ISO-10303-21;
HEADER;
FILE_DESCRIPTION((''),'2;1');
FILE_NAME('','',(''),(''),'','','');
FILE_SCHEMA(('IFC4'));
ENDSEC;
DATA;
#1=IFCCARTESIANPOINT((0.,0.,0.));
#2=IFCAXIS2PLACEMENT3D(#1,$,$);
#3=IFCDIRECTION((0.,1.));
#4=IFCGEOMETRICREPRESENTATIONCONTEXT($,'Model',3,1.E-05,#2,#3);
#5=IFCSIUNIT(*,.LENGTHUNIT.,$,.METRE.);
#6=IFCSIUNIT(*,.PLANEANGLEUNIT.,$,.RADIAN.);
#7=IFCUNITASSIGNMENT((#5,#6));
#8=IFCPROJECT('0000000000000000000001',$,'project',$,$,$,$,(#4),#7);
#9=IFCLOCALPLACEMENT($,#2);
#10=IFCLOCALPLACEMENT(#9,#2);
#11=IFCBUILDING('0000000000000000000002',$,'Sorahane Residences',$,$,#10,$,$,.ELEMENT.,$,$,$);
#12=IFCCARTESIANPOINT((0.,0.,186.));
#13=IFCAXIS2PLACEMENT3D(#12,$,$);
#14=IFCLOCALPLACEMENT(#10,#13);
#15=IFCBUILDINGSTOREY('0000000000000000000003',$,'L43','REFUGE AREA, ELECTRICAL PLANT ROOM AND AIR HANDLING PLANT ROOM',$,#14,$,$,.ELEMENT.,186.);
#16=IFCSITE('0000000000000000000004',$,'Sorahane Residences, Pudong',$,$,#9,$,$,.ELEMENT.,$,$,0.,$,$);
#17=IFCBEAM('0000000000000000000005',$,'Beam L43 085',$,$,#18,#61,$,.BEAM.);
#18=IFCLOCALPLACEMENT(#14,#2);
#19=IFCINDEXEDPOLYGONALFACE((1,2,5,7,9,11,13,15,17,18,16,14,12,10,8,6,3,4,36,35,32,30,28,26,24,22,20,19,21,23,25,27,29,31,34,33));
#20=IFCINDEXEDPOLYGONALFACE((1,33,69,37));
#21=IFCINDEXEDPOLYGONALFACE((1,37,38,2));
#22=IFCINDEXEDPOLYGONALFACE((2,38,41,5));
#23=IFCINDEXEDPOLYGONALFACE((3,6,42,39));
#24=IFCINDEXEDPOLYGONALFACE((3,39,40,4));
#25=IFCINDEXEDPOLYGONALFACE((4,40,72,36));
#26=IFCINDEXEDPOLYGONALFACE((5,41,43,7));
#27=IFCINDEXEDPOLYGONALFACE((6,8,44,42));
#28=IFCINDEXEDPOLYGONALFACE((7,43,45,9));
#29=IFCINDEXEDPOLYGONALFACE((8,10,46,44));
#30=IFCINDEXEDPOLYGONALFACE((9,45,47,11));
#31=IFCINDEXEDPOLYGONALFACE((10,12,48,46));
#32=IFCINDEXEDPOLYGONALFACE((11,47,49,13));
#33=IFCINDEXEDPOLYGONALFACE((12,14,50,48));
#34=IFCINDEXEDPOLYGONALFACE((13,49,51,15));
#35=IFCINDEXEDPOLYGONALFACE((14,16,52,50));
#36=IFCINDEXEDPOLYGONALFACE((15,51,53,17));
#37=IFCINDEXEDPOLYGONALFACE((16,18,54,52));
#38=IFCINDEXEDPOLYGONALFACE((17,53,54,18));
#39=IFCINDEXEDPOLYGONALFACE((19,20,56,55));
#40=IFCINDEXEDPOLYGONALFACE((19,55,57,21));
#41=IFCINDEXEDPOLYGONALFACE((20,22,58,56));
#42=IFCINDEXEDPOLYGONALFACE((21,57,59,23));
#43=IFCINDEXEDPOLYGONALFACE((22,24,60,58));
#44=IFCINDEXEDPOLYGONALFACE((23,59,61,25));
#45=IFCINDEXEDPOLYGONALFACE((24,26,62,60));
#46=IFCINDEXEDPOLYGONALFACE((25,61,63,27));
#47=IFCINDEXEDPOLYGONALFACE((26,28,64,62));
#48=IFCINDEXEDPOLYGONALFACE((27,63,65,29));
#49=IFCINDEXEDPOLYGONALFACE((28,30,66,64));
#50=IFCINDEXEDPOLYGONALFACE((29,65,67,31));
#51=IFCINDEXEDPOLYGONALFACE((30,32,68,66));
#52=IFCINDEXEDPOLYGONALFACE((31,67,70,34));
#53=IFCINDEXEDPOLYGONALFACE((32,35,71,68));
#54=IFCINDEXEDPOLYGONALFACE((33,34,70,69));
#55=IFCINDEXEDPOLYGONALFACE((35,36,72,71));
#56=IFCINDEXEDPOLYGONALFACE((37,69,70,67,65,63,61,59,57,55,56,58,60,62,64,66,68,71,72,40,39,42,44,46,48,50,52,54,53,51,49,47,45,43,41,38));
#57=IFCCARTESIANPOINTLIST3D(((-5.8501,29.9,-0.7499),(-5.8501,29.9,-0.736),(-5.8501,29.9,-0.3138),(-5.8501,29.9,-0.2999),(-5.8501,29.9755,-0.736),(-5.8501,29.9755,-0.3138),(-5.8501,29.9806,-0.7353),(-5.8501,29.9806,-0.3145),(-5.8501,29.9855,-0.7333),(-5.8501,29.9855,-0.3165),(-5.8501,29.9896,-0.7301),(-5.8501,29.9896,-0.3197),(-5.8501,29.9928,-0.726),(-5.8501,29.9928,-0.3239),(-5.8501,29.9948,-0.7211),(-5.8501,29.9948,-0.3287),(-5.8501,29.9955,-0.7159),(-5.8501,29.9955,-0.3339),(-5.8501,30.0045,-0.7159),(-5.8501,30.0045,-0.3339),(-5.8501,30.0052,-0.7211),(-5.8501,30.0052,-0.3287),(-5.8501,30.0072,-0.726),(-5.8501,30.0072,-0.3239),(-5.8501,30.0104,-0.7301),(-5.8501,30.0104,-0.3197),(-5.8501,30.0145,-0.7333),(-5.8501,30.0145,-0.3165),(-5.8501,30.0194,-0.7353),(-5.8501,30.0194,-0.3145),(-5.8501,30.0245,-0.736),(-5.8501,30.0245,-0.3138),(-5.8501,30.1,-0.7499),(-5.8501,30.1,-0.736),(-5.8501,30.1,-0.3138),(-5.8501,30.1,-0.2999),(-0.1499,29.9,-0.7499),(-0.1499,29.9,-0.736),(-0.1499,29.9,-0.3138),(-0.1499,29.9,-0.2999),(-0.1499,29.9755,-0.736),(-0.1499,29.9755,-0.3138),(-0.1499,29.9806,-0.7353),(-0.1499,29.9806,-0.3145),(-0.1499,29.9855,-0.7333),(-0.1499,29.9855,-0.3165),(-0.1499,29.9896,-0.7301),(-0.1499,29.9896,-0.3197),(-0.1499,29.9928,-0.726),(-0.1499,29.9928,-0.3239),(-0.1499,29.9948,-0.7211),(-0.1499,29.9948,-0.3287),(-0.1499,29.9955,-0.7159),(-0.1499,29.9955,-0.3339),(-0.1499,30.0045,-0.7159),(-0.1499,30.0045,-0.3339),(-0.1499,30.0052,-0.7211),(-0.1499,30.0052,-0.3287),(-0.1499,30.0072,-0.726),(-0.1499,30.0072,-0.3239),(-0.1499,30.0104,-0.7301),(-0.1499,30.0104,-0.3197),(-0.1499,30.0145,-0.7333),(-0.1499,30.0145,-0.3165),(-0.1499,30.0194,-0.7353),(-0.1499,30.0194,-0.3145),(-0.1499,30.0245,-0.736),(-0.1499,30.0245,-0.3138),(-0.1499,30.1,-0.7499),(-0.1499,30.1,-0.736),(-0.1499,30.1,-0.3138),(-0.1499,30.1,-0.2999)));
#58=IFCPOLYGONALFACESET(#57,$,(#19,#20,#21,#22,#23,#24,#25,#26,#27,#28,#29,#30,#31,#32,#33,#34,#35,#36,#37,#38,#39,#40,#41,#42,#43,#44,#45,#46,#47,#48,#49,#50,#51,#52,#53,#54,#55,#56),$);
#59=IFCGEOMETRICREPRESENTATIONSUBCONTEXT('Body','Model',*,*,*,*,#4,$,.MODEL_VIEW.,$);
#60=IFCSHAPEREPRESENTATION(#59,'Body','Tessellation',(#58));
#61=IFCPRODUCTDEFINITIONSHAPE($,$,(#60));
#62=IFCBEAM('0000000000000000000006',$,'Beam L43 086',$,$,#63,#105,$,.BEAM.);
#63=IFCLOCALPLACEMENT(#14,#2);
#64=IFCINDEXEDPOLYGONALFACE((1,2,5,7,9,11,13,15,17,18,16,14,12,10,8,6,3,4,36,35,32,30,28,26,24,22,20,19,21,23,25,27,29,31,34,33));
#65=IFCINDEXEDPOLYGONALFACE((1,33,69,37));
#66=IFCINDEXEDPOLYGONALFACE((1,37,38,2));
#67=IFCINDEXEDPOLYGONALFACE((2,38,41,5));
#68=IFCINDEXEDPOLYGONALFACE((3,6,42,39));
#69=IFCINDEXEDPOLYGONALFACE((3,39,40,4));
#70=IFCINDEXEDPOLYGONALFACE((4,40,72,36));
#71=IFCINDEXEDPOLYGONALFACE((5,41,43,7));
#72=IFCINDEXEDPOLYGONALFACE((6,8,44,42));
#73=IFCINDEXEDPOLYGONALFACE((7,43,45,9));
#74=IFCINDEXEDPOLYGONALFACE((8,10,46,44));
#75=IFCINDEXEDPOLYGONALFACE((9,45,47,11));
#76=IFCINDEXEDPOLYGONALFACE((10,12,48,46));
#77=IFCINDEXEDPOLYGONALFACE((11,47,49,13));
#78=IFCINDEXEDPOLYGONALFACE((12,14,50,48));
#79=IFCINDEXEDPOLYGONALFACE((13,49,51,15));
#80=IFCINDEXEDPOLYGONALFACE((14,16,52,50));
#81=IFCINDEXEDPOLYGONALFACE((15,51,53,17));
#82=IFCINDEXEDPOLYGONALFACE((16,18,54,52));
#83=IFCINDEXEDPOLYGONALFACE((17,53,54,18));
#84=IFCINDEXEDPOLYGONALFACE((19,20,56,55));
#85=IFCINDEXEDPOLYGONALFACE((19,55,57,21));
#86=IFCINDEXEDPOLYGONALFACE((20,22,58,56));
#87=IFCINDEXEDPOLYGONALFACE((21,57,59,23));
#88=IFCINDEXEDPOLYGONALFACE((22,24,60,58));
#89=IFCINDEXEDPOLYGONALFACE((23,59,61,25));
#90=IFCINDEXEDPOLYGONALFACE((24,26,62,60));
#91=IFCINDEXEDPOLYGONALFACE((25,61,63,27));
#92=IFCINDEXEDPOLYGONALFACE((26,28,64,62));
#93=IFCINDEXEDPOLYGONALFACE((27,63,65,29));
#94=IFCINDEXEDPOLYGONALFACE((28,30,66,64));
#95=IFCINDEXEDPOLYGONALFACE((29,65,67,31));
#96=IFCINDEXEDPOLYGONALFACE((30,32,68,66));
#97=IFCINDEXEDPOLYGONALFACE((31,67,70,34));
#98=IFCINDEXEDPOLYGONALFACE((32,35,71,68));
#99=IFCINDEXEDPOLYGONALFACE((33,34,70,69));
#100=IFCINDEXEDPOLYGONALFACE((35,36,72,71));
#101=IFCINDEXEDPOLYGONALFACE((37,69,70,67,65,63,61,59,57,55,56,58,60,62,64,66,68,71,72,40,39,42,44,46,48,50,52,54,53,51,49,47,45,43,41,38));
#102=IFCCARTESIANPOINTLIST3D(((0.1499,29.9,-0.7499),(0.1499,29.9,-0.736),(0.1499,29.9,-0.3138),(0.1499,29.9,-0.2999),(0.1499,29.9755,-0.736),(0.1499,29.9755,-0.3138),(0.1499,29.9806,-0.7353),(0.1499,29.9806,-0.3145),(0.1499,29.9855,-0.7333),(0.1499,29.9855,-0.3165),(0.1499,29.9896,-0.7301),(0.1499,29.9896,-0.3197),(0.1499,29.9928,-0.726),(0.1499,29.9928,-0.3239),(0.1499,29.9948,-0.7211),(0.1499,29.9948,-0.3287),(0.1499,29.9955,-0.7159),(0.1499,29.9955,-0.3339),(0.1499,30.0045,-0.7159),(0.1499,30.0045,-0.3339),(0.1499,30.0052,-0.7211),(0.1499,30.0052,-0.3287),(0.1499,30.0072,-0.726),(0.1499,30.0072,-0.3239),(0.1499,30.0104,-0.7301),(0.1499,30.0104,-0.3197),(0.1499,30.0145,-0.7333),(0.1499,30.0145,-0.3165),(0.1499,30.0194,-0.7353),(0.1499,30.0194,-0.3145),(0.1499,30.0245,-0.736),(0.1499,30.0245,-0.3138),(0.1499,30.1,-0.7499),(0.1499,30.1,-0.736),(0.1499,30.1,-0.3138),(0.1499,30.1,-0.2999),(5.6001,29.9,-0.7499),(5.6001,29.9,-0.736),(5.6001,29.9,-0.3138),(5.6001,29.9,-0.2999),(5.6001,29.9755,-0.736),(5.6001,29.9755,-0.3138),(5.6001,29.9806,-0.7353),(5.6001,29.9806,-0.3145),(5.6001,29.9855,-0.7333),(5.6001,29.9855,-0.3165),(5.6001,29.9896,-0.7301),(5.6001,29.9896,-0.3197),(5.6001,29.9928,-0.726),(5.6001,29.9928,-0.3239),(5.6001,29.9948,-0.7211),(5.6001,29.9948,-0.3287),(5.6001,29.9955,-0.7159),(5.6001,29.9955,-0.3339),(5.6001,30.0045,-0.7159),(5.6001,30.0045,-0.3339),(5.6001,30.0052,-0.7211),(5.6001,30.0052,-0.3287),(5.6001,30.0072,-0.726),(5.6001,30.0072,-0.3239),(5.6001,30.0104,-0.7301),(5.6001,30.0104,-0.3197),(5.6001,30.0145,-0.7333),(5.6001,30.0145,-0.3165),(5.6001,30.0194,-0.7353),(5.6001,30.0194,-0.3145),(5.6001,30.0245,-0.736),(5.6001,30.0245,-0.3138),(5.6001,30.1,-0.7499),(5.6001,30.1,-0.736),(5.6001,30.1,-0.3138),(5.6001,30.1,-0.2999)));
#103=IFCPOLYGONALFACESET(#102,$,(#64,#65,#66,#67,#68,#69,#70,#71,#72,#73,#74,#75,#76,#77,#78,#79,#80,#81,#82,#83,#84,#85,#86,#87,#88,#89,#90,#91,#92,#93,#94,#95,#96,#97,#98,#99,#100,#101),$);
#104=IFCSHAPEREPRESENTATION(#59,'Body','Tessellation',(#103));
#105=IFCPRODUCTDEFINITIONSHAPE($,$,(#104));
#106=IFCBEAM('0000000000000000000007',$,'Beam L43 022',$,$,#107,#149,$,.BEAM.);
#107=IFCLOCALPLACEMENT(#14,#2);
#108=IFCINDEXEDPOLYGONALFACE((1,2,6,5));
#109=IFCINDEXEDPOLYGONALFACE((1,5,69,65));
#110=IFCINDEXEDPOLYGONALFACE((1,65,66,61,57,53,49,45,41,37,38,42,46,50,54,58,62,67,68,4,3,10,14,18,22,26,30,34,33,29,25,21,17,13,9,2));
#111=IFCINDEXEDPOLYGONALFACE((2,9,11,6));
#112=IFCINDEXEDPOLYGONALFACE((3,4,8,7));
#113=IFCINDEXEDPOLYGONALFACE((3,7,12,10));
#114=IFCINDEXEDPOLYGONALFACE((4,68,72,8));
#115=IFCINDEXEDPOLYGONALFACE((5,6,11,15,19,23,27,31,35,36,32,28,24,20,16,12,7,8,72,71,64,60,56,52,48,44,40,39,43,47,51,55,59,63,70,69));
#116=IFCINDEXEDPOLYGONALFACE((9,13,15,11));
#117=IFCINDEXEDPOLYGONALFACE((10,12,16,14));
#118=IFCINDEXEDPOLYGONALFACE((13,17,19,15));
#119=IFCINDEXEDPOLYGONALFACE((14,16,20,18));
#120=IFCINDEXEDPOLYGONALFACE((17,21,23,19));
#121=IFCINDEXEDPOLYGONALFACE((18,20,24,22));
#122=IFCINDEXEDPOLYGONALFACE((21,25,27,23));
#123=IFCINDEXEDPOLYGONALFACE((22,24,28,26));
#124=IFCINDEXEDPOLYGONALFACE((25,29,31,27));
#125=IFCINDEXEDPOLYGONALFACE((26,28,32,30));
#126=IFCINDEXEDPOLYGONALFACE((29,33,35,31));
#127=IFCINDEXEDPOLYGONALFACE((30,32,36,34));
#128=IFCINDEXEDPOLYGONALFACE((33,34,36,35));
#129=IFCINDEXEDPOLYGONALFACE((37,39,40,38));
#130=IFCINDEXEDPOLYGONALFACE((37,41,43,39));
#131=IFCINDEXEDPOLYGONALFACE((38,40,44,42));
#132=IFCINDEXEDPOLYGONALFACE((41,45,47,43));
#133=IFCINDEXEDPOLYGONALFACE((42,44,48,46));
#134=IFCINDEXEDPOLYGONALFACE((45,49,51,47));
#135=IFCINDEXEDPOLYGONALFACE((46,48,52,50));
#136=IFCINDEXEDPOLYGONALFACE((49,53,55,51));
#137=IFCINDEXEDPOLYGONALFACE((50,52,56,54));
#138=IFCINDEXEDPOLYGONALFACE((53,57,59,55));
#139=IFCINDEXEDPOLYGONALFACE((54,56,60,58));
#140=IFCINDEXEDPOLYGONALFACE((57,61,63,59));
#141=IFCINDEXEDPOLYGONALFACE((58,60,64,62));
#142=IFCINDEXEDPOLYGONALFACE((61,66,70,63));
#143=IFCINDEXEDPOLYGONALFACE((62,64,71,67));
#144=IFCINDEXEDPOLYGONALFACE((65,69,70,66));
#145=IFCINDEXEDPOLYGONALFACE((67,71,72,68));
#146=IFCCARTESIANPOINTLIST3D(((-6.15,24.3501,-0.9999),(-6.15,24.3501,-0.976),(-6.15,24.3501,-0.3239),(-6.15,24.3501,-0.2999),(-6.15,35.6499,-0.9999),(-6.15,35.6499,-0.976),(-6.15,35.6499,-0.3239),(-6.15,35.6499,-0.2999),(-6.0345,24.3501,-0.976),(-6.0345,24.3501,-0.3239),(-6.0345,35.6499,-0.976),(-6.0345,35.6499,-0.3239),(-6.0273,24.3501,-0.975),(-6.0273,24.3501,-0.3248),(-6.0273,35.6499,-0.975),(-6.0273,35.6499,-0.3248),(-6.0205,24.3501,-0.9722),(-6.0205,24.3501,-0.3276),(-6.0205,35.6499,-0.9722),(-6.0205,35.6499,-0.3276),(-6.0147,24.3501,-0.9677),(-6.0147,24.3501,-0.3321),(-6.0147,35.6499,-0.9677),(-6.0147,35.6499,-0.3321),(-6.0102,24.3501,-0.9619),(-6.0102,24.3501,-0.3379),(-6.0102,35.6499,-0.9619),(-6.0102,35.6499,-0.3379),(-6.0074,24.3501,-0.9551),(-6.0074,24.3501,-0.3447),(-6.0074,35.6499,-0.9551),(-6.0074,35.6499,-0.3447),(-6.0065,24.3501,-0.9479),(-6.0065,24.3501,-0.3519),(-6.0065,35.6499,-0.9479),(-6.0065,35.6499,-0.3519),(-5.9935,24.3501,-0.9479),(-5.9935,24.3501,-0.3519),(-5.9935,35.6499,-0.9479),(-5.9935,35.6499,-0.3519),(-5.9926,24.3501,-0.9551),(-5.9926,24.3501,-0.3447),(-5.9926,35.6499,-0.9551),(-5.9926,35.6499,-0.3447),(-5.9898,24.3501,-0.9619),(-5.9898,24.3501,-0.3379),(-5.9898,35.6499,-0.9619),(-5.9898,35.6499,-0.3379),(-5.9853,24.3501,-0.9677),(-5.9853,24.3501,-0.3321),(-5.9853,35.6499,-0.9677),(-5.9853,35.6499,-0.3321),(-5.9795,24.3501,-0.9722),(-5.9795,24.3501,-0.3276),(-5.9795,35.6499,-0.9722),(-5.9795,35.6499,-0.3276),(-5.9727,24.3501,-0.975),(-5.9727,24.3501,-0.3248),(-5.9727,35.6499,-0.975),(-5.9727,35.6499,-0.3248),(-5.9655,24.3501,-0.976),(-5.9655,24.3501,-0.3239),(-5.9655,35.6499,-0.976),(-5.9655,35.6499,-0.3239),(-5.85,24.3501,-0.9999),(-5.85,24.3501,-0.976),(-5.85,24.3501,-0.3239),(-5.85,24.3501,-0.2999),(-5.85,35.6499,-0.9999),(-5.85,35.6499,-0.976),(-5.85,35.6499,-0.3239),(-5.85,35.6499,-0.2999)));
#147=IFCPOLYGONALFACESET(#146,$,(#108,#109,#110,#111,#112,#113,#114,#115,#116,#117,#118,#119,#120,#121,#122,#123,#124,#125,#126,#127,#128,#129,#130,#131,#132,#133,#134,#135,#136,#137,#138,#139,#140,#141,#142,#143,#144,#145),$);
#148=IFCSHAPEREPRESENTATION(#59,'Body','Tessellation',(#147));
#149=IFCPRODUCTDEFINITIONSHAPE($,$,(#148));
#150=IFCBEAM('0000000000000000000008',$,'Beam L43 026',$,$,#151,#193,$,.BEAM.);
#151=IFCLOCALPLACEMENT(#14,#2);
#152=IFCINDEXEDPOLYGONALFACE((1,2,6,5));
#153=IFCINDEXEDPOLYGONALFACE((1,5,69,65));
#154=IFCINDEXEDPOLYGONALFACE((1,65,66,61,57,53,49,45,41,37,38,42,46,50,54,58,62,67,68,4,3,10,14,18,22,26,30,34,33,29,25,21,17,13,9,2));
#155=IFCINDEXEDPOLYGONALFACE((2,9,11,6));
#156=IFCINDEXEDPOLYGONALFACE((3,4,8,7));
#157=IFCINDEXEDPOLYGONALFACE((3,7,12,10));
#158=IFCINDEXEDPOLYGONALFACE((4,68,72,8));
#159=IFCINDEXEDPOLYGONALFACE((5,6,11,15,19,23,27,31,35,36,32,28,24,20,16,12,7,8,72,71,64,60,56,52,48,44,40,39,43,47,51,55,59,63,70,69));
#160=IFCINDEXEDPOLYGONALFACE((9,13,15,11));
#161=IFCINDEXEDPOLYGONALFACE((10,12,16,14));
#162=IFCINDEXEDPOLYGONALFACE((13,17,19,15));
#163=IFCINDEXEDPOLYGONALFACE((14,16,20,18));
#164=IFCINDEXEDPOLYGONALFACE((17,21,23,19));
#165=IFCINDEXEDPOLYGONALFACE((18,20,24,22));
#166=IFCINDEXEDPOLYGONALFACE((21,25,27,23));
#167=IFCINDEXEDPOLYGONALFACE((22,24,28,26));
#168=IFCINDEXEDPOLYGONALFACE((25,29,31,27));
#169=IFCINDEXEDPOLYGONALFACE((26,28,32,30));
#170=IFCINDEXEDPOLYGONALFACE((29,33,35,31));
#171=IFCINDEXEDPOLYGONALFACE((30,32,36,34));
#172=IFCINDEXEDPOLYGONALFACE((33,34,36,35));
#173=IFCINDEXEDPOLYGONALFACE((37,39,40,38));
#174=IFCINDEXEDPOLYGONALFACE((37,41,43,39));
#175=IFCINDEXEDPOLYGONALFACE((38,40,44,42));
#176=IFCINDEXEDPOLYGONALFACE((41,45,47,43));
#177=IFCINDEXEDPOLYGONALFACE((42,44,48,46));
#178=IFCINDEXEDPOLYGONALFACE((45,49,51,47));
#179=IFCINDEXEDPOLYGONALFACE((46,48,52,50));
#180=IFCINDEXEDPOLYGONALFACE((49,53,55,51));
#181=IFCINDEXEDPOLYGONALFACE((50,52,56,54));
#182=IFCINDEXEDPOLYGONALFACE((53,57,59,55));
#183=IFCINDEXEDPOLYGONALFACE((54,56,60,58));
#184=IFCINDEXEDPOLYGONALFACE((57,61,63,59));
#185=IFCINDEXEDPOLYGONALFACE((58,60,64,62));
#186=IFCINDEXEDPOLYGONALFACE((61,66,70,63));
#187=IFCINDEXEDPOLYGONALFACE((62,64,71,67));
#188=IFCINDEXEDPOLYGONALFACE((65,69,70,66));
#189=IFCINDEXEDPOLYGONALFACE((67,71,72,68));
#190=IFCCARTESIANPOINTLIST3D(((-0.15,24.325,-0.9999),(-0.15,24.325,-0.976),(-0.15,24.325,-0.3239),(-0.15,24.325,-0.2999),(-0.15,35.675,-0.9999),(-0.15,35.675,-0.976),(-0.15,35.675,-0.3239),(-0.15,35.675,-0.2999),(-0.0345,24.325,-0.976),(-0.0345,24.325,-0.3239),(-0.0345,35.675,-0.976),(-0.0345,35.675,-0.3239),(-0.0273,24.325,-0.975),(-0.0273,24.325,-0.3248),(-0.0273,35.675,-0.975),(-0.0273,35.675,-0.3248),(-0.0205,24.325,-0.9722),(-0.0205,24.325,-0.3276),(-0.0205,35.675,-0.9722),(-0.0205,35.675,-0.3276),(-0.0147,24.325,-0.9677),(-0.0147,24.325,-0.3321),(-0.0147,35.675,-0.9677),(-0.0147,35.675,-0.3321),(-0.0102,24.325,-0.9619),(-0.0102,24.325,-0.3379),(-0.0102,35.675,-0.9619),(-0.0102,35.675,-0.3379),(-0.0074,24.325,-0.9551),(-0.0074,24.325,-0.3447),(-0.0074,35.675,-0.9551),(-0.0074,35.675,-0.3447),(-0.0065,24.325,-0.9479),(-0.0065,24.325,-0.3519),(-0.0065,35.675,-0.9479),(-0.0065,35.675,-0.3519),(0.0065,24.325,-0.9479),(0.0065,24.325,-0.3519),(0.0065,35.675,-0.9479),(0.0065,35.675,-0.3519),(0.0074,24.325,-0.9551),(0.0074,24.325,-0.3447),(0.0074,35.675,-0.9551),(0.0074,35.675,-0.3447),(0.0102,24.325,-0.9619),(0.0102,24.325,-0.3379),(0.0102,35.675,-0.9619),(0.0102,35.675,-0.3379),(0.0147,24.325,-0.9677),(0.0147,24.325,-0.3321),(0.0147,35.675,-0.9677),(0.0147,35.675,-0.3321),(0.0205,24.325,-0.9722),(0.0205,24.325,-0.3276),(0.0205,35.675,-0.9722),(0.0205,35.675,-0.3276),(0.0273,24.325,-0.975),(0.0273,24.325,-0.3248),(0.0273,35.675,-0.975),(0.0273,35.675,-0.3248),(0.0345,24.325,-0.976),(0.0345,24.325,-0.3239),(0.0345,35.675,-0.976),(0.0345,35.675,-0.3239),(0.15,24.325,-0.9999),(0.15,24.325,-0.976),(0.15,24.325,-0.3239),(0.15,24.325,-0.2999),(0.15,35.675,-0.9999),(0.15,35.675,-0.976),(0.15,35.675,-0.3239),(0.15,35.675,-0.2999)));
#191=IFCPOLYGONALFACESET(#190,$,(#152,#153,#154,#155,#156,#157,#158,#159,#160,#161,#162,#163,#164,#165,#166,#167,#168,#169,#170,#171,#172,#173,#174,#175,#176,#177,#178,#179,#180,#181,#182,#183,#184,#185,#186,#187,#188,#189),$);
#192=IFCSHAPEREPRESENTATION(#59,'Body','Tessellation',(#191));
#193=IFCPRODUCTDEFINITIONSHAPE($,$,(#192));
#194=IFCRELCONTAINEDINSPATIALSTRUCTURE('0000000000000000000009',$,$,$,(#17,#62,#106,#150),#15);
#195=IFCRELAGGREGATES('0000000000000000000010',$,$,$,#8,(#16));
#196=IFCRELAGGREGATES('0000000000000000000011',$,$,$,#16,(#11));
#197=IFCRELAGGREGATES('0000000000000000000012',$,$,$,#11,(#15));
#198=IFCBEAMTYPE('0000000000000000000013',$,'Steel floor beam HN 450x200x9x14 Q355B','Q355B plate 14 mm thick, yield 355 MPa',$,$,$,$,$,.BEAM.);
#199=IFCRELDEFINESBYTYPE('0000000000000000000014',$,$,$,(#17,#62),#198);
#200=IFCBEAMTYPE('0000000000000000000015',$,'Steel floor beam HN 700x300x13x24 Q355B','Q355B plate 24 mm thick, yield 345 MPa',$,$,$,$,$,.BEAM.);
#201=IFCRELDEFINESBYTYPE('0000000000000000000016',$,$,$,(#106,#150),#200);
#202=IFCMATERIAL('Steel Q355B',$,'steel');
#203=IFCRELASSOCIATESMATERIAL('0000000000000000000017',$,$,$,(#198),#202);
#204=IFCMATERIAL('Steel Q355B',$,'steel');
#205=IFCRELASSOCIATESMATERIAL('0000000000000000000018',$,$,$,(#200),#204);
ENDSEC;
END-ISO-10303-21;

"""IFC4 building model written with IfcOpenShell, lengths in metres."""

from ifc_helpers import new_model, si_unit, direction, frame, origin, origin_2d, place, context, subcontext, project, spatial, i_section, extrude, material, material_profile, profile_set, type_object, element, save


model = new_model("IFC4")

# Units and contexts
model_context = context("Model", 3, precision=1e-05, world=origin(), true_north=direction((0.0, 1.0)))
body_context = subcontext(model_context, "Body", "Model", "MODEL_VIEW")
ifc_project = project(units=[si_unit("LENGTHUNIT", "METRE"), si_unit("PLANEANGLEUNIT", "RADIAN")], contexts=[model_context])

# Site, building, storey
site_placement = place(None, origin())
site = spatial("IfcSite", under=ifc_project, at=site_placement, Name="Sorahane Residences, Pudong", CompositionType="ELEMENT", RefElevation=0.0)
building_placement = place(site_placement, origin())
building = spatial("IfcBuilding", under=site, at=building_placement, Name="Sorahane Residences", CompositionType="ELEMENT")
storey_placement = place(building_placement, frame((0.0, 0.0, 186.0)))
storey = spatial("IfcBuildingStorey", under=building, at=storey_placement, Name="L43", Description="REFUGE AREA, ELECTRICAL PLANT ROOM AND AIR HANDLING PLANT ROOM", CompositionType="ELEMENT", Elevation=186.0)

# Beams
ifc_material_1 = material(Name="Steel Q355B", Category="steel")
ifc_material_profile_1 = material_profile(ifc_material_1, i_section(OverallWidth=0.2, OverallDepth=0.45, WebThickness=0.009, FlangeThickness=0.0139, FilletRadius=0.02, at=origin_2d()), Name="HN 450x200x9x14")
ifc_profile_set_1 = profile_set([ifc_material_profile_1], Name="Steel Q355B")
beam_type_1 = type_object("IfcBeamType", Name="Steel floor beam HN 450x200x9x14 Q355B", Description="Q355B plate 14 mm thick, yield 355 MPa", PredefinedType="BEAM", material=ifc_profile_set_1)
beam_1_placement = place(storey_placement, frame((-5.8501, 30.0, -0.5249), z_axis=(1.0, 0.0, 0.0), x_axis=(0.0, 1.0, 0.0)))
element("IfcBeam", 1, at=beam_1_placement, inside=storey, type_object=beam_type_1, Name="Beam L43 085", PredefinedType="BEAM", context=body_context, shape_type="SweptSolid", body=[
    extrude(i_section(OverallWidth=0.2, OverallDepth=0.45, WebThickness=0.009, FlangeThickness=0.0139, FilletRadius=0.02, at=origin_2d()), origin(), (0.0, 0.0, 1.0), 5.7002),
])
beam_2_placement = place(storey_placement, frame((0.1499, 30.0, -0.5249), z_axis=(1.0, 0.0, 0.0), x_axis=(0.0, 1.0, 0.0)))
element("IfcBeam", 2, at=beam_2_placement, inside=storey, type_object=beam_type_1, Name="Beam L43 086", PredefinedType="BEAM", context=body_context, shape_type="SweptSolid", body=[
    extrude(i_section(OverallWidth=0.2, OverallDepth=0.45, WebThickness=0.009, FlangeThickness=0.0139, FilletRadius=0.02, at=origin_2d()), origin(), (0.0, 0.0, 1.0), 5.4502),
])
ifc_material_2 = material(Name="Steel Q355B", Category="steel")
ifc_material_profile_2 = material_profile(ifc_material_2, i_section(OverallWidth=0.3, OverallDepth=0.7, WebThickness=0.0129, FlangeThickness=0.0239, FilletRadius=0.0281, at=origin_2d()), Name="HN 700x300x13x24")
ifc_profile_set_2 = profile_set([ifc_material_profile_2], Name="Steel Q355B")
beam_type_2 = type_object("IfcBeamType", Name="Steel floor beam HN 700x300x13x24 Q355B", Description="Q355B plate 24 mm thick, yield 345 MPa", PredefinedType="BEAM", material=ifc_profile_set_2)
beam_3_placement = place(storey_placement, frame((-6.0, 24.3501, -0.6499), z_axis=(0.0, 1.0, 0.0), x_axis=(-1.0, 0.0, 0.0)))
element("IfcBeam", 3, at=beam_3_placement, inside=storey, type_object=beam_type_2, Name="Beam L43 022", PredefinedType="BEAM", context=body_context, shape_type="SweptSolid", body=[
    extrude(i_section(OverallWidth=0.3, OverallDepth=0.7, WebThickness=0.0129, FlangeThickness=0.0239, FilletRadius=0.0281, at=origin_2d()), origin(), (0.0, 0.0, 1.0), 11.2998),
])
beam_4_placement = place(storey_placement, frame((0.0, 24.325, -0.6499), z_axis=(0.0, 1.0, 0.0), x_axis=(-1.0, 0.0, 0.0)))
element("IfcBeam", 4, at=beam_4_placement, inside=storey, type_object=beam_type_2, Name="Beam L43 026", PredefinedType="BEAM", context=body_context, shape_type="SweptSolid", body=[
    extrude(i_section(OverallWidth=0.3, OverallDepth=0.7, WebThickness=0.0129, FlangeThickness=0.0239, FilletRadius=0.0281, at=origin_2d()), origin(), (0.0, 0.0, 1.0), 11.3501),
])

save(model, "model.ifc")
